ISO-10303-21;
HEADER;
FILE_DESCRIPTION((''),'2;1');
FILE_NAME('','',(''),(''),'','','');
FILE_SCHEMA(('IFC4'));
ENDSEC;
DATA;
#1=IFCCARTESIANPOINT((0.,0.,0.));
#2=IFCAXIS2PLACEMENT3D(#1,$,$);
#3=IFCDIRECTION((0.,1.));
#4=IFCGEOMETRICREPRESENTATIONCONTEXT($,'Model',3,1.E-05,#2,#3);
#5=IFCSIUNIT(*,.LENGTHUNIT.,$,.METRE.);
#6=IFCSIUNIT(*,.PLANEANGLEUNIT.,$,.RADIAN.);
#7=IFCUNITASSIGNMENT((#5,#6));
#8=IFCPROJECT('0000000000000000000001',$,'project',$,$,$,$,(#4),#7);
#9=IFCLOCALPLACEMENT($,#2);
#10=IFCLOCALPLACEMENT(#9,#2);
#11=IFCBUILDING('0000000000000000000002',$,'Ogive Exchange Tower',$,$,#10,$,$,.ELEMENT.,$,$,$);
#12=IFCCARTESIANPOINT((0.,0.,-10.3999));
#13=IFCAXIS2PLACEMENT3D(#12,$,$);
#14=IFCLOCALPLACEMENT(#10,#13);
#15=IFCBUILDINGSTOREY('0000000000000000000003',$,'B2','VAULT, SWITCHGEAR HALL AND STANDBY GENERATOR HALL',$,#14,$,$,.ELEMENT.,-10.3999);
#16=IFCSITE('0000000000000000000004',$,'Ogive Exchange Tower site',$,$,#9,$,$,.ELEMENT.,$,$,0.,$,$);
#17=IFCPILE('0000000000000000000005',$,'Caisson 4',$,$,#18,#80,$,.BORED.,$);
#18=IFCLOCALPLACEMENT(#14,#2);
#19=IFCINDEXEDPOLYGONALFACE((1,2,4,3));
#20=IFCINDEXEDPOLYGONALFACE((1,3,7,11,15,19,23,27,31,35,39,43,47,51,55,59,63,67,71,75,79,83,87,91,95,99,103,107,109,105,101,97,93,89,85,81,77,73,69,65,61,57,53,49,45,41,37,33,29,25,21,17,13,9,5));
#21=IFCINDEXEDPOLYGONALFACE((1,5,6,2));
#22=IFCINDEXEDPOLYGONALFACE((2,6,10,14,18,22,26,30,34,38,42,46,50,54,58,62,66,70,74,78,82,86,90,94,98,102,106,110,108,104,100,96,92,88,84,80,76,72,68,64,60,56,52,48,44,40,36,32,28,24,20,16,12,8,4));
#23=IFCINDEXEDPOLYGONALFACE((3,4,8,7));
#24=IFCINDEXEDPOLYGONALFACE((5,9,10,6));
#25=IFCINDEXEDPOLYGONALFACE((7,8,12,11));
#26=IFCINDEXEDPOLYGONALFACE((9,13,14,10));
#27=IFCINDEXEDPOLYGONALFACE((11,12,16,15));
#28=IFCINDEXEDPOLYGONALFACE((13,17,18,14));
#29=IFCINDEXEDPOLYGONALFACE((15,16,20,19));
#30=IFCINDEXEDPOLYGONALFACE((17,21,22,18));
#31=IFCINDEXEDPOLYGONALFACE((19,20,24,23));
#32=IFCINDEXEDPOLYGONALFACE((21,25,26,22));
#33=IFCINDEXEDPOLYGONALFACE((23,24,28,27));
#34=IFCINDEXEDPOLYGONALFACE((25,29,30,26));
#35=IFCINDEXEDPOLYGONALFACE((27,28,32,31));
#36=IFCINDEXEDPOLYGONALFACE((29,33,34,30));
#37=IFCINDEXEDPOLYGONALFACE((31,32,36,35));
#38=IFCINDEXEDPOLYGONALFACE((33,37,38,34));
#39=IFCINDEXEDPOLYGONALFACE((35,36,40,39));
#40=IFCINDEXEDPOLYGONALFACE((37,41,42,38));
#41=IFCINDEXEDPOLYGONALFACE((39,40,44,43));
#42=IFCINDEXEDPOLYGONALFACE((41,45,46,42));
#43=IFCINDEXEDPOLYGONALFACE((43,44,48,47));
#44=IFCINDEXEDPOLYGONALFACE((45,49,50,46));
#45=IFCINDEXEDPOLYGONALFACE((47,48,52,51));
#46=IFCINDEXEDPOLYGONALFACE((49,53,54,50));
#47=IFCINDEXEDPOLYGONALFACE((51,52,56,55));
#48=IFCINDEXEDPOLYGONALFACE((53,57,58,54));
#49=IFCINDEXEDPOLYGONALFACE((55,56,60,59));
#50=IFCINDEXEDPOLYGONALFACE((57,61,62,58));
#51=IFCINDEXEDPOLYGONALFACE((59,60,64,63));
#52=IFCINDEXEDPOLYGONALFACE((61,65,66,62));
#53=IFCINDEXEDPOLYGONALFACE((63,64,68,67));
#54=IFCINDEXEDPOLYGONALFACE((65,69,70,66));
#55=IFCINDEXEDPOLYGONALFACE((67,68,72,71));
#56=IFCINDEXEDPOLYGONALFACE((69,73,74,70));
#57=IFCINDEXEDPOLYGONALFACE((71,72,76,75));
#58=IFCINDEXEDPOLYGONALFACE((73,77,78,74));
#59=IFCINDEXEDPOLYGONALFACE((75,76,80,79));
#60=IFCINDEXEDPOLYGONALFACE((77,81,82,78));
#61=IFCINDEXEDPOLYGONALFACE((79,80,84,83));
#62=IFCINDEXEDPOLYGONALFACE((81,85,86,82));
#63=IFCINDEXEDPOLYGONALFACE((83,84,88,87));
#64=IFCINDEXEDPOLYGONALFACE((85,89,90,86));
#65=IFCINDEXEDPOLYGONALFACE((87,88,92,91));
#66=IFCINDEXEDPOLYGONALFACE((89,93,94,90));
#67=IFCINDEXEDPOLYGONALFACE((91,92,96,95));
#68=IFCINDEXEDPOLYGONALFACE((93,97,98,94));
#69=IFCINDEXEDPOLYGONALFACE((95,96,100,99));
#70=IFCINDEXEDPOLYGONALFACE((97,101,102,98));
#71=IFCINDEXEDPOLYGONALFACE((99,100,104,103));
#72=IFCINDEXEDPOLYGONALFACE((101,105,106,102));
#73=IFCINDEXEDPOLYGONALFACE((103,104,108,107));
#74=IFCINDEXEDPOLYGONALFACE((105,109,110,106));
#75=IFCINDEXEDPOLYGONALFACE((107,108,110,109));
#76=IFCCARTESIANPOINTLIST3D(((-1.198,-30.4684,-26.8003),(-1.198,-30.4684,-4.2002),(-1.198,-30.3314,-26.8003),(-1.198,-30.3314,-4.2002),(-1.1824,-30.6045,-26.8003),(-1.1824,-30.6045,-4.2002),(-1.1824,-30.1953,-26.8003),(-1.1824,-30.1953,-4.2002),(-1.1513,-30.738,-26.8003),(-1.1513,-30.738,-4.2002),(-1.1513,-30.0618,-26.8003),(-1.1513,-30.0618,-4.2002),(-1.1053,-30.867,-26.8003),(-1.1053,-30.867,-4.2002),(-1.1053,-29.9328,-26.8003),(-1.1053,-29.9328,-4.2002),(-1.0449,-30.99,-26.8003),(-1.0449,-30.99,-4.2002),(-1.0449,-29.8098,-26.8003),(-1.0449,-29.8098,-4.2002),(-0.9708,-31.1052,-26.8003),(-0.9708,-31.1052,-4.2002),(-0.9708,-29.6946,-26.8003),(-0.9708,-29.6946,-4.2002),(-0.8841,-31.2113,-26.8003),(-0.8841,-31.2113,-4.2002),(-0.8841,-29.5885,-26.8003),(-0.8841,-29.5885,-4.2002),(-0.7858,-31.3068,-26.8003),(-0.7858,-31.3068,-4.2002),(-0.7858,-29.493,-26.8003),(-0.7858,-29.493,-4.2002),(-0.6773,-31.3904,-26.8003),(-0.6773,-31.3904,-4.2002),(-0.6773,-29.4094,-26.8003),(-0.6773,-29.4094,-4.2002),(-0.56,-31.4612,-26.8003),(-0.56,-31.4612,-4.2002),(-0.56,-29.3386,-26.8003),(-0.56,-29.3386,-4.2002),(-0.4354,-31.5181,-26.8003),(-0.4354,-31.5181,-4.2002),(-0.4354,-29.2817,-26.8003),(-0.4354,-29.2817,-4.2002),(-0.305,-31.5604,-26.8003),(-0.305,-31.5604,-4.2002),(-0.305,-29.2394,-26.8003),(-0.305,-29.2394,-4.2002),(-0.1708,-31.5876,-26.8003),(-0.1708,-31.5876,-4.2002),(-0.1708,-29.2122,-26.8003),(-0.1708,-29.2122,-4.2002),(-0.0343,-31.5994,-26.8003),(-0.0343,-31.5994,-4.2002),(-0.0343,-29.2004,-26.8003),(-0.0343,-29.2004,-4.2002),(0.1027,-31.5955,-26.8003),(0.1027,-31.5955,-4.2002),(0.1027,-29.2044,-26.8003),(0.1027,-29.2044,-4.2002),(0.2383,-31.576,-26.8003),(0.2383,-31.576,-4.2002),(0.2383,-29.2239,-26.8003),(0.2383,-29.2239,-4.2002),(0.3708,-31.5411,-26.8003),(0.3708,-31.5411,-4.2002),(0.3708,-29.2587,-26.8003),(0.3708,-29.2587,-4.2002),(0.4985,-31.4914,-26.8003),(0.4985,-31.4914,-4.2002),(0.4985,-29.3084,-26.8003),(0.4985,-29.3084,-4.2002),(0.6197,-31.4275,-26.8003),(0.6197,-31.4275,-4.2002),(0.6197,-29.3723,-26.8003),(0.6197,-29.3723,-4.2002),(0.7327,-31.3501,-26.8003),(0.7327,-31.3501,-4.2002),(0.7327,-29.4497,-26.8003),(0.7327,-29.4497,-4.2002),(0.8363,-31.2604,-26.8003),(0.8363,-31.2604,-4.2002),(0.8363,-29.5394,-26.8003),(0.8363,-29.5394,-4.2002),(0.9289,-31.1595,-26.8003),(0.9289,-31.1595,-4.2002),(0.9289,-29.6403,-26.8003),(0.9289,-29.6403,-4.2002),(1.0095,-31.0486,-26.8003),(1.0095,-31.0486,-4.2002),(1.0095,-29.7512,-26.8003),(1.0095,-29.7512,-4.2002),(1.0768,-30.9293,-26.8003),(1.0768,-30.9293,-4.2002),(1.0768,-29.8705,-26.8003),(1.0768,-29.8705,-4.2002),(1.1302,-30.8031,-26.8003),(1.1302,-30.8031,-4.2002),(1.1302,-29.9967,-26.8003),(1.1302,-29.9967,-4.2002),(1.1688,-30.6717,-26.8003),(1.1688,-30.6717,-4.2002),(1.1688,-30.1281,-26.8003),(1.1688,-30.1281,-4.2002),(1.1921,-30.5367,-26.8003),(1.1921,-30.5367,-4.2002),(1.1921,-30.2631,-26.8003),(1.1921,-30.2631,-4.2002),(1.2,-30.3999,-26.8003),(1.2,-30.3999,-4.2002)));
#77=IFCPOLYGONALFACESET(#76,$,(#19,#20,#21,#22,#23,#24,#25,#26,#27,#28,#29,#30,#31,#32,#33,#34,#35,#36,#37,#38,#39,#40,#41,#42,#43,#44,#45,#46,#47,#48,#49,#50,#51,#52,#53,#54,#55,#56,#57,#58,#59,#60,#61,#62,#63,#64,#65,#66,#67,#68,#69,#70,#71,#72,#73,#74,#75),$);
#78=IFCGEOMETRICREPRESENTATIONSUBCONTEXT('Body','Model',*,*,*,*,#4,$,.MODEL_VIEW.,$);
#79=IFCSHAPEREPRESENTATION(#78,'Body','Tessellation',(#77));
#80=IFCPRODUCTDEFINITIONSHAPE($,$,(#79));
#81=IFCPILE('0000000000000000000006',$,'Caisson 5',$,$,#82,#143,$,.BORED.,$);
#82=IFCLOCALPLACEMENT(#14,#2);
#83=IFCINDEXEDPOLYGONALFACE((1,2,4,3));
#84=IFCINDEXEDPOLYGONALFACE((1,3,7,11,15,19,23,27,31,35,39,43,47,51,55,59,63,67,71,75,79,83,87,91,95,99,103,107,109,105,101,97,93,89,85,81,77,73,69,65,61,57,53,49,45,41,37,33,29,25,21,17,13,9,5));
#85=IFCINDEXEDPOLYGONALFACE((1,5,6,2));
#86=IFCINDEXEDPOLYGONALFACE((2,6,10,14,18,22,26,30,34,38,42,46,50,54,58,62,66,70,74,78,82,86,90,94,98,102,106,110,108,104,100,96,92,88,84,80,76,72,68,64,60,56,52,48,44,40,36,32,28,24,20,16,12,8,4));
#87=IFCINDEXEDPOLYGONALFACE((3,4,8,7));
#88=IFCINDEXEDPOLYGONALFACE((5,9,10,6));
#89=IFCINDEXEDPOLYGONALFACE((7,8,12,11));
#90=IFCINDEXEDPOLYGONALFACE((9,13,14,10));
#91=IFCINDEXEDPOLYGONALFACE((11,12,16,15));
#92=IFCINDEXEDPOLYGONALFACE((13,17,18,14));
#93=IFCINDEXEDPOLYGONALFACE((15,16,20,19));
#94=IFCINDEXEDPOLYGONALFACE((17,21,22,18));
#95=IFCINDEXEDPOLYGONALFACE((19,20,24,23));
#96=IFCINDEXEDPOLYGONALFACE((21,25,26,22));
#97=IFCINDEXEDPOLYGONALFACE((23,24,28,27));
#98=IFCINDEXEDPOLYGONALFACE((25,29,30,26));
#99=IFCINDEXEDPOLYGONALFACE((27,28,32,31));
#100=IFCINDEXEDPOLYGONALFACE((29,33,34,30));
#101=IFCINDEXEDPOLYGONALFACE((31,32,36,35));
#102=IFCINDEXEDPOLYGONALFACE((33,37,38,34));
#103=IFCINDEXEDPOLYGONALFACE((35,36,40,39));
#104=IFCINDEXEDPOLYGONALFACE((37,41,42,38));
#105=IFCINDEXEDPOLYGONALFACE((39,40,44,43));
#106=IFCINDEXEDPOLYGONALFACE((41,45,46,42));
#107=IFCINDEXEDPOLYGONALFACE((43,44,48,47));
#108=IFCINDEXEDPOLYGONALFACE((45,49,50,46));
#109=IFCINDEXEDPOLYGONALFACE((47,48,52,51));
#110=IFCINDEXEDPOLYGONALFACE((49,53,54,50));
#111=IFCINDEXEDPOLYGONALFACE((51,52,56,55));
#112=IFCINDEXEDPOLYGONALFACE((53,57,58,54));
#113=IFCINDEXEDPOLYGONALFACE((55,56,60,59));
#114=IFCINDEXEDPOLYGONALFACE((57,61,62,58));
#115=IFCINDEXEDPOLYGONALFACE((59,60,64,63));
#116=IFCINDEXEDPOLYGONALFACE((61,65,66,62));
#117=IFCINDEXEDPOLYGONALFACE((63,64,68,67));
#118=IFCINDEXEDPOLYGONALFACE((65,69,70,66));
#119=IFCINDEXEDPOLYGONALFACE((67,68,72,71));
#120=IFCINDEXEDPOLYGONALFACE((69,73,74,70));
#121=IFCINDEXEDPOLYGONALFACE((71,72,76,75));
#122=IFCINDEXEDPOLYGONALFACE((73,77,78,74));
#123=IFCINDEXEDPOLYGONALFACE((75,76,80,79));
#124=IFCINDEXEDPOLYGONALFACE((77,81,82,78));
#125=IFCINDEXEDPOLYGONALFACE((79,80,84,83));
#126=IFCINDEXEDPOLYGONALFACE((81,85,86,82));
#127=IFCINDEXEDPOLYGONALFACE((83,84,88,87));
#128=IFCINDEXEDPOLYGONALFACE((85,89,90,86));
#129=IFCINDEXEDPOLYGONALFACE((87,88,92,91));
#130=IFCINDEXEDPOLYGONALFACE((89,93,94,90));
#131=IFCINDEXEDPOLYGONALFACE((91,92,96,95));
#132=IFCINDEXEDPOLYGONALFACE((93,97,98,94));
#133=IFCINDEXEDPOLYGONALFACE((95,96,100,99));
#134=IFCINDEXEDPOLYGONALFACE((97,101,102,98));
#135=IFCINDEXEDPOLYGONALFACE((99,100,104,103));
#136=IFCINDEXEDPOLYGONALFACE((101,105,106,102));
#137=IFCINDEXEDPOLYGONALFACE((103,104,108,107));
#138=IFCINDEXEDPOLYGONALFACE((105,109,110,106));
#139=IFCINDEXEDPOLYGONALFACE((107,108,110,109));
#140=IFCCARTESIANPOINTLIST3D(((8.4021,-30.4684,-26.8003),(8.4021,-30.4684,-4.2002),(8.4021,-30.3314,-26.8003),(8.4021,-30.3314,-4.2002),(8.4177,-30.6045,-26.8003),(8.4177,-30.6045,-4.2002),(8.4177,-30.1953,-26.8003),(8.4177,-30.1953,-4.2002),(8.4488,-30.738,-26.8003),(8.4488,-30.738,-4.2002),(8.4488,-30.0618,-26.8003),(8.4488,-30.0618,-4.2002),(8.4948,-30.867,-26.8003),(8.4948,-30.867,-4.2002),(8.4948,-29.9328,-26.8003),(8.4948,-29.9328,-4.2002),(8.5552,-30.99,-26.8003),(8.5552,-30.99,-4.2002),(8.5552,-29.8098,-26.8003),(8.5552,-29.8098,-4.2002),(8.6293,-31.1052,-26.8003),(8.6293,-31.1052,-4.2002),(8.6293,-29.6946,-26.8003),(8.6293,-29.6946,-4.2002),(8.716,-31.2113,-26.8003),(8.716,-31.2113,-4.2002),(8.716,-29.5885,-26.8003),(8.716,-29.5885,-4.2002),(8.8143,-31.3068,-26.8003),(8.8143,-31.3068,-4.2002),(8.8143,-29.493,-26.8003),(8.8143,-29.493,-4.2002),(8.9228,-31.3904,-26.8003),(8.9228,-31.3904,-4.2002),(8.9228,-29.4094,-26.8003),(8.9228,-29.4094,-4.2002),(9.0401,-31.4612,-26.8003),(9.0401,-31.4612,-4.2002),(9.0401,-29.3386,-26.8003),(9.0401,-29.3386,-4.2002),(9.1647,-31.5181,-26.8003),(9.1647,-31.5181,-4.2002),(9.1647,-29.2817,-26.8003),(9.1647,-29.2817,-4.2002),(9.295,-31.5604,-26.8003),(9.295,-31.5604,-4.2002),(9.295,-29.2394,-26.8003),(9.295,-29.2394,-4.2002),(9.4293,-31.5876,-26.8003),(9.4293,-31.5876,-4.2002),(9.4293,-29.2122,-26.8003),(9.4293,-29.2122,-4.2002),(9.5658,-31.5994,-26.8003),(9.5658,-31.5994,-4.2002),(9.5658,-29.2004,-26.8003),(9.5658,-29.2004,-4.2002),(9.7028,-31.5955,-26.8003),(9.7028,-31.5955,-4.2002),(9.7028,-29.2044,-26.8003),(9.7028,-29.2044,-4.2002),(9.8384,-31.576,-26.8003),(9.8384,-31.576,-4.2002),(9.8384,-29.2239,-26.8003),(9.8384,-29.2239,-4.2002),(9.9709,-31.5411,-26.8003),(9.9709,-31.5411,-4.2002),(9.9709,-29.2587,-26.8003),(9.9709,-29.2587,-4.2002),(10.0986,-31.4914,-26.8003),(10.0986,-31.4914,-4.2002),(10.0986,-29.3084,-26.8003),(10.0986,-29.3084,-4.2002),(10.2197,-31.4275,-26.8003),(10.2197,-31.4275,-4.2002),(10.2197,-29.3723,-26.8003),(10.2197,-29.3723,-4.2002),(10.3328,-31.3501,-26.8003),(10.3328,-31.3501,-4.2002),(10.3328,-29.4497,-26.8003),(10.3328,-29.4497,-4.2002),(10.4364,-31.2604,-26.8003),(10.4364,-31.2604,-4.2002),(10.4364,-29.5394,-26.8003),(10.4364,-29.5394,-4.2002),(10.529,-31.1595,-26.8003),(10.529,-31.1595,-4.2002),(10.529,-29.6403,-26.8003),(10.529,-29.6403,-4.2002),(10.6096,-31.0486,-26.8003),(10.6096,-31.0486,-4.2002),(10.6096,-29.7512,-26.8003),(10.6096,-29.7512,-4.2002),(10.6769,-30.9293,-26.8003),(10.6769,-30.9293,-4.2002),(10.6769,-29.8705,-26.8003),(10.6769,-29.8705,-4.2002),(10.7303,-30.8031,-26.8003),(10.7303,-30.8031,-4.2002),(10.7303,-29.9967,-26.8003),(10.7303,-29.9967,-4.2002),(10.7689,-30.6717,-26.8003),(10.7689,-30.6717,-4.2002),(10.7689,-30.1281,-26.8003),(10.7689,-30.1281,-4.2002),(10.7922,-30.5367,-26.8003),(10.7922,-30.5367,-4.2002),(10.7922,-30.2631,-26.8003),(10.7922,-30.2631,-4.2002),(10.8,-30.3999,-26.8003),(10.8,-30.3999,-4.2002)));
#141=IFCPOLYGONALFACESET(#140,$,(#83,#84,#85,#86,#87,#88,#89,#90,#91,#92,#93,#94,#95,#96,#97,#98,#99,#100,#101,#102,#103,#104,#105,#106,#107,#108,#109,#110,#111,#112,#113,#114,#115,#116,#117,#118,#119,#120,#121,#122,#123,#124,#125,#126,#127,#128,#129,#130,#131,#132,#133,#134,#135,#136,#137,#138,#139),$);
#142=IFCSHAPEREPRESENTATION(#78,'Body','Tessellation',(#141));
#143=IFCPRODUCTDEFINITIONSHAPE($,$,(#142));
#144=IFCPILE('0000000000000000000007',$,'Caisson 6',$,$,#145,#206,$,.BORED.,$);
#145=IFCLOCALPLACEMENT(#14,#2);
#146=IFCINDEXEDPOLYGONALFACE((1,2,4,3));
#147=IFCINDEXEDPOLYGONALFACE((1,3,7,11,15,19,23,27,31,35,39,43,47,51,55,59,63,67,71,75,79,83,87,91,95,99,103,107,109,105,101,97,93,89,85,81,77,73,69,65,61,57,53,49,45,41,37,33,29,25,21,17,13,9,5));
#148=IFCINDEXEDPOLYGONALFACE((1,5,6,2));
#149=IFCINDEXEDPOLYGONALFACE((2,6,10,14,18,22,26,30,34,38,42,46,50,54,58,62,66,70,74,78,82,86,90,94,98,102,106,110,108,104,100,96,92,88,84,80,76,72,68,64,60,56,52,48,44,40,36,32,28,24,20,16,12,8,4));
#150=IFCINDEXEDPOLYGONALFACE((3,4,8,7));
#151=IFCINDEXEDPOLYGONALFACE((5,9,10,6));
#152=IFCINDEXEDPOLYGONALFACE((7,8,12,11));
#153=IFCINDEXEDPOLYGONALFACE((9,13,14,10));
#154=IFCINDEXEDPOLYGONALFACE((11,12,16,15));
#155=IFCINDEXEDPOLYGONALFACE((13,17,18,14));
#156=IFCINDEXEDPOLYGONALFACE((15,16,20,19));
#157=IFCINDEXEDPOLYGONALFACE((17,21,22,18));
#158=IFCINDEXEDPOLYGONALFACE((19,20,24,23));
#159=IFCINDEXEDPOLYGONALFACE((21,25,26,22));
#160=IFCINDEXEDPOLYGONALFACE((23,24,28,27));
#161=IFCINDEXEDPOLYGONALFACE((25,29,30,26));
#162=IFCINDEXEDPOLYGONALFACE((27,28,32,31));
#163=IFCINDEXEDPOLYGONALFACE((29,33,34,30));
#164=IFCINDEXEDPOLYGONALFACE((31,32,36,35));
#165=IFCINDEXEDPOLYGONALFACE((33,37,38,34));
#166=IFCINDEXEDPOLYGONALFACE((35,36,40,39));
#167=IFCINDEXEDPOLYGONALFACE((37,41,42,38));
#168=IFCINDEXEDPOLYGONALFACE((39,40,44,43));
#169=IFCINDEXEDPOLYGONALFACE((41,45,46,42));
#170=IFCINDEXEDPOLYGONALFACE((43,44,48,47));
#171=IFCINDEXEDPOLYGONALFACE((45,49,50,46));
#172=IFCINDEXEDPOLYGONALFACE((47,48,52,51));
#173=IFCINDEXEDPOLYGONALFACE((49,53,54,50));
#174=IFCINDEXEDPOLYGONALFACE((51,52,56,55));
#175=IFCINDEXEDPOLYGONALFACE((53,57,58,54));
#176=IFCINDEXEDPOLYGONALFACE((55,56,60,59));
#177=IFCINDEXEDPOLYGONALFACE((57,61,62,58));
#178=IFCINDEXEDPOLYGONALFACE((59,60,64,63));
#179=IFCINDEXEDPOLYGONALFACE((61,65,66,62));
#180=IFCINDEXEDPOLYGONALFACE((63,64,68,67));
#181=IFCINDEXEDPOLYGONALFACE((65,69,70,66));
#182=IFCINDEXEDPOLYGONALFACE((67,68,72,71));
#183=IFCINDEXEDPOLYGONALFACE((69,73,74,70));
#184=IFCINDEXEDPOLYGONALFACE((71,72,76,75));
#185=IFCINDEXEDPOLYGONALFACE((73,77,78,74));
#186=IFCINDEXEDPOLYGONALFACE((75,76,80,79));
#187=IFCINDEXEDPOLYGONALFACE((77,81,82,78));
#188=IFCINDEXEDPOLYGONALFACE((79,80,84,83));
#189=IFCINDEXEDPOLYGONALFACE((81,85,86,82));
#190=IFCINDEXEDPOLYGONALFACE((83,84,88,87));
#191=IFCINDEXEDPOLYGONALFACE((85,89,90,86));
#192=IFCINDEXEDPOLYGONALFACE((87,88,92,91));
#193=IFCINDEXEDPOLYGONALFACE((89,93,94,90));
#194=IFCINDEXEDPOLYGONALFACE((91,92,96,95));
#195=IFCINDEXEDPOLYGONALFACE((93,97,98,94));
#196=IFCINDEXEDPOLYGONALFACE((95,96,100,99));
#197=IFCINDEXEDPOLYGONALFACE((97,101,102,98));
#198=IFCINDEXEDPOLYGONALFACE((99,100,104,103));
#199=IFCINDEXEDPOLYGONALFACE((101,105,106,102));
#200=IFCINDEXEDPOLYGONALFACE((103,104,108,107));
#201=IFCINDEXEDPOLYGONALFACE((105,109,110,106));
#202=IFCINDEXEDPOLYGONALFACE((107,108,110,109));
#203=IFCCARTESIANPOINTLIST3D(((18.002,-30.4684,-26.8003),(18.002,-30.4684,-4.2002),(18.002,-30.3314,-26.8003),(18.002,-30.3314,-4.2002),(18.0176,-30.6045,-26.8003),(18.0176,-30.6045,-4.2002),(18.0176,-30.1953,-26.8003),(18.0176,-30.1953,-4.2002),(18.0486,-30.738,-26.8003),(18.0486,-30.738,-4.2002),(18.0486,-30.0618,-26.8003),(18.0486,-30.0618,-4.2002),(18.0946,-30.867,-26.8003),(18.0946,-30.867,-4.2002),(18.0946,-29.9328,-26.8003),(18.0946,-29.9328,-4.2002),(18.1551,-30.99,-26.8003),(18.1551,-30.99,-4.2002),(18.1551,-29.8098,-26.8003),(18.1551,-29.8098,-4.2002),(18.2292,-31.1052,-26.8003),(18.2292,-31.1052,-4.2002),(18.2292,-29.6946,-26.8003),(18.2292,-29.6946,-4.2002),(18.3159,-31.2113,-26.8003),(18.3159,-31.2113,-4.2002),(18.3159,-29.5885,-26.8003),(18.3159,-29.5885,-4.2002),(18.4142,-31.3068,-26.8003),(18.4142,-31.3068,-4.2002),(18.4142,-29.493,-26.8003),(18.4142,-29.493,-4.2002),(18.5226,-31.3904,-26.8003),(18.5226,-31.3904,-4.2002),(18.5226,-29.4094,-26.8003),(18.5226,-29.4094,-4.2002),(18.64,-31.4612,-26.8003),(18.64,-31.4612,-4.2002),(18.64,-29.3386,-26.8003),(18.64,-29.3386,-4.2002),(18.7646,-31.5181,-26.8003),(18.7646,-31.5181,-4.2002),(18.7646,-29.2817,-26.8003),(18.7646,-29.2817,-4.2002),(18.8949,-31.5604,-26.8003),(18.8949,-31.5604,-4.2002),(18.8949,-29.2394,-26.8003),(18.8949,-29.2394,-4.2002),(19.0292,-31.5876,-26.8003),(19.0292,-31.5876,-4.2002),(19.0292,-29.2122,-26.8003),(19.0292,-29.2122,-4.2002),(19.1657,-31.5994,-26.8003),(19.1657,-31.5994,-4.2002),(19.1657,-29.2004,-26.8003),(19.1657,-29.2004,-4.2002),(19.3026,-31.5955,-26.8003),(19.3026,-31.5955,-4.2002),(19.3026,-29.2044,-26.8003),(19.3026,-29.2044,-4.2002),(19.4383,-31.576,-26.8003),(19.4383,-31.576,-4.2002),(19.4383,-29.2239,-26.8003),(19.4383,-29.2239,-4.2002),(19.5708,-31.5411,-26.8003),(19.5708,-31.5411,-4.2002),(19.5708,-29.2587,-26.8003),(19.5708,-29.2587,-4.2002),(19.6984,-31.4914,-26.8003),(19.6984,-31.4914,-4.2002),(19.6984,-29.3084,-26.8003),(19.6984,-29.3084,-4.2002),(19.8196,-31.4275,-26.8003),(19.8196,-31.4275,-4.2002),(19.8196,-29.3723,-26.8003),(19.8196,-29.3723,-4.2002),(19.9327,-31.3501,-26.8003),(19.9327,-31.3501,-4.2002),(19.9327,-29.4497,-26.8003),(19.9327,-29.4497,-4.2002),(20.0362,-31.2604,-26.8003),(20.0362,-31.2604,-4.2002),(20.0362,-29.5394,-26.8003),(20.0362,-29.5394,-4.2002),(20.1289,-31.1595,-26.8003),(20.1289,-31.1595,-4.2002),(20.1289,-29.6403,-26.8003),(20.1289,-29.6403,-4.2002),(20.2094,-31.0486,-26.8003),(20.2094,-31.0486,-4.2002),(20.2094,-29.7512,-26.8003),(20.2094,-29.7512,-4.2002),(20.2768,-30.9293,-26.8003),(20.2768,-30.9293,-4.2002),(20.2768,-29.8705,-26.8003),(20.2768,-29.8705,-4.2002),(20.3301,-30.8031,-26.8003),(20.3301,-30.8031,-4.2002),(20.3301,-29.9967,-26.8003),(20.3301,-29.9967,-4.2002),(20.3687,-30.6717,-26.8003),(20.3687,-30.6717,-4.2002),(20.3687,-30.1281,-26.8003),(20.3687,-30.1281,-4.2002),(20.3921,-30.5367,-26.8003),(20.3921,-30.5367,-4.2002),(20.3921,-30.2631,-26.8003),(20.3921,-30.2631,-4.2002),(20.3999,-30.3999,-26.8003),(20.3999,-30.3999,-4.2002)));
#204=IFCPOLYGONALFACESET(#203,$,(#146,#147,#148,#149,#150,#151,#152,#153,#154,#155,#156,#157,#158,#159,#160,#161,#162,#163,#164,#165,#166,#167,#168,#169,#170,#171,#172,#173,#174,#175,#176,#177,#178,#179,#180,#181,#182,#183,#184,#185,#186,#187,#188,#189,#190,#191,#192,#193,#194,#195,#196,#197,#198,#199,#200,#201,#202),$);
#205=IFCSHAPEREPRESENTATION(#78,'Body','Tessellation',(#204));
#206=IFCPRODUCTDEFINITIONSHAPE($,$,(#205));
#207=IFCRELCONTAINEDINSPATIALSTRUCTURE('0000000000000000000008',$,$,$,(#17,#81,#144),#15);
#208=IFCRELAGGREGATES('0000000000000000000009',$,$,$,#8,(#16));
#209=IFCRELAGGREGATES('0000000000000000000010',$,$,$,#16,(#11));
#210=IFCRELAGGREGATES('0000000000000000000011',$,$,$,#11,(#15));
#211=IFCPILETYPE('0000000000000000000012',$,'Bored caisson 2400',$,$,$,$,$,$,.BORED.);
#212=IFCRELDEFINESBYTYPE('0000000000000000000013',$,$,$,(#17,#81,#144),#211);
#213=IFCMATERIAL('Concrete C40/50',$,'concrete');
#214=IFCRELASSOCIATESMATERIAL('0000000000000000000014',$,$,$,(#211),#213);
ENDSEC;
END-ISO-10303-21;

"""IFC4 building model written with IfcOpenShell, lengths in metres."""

from ifc_helpers import new_model, si_unit, direction, frame, origin, origin_2d, place, context, subcontext, project, spatial, circle, extrude, material, material_profile, profile_set, type_object, element, save


model = new_model("IFC4")

# Units and contexts
model_context = context("Model", 3, precision=1e-05, world=origin(), true_north=direction((0.0, 1.0)))
body_context = subcontext(model_context, "Body", "Model", "MODEL_VIEW")
ifc_project = project(units=[si_unit("LENGTHUNIT", "METRE"), si_unit("PLANEANGLEUNIT", "RADIAN")], contexts=[model_context])

# Site, building, storey
site_placement = place(None, origin())
site = spatial("IfcSite", under=ifc_project, at=site_placement, Name="Ogive Exchange Tower site", CompositionType="ELEMENT", RefElevation=0.0)
building_placement = place(site_placement, origin())
building = spatial("IfcBuilding", under=site, at=building_placement, Name="Ogive Exchange Tower", CompositionType="ELEMENT")
storey_placement = place(building_placement, frame((0.0, 0.0, -10.3999)))
storey = spatial("IfcBuildingStorey", under=building, at=storey_placement, Name="B2", Description="VAULT, SWITCHGEAR HALL AND STANDBY GENERATOR HALL", CompositionType="ELEMENT", Elevation=-10.3999)

# Piles
ifc_material_1 = material(Name="Concrete C40/50", Category="concrete")
ifc_material_profile_1 = material_profile(ifc_material_1, circle(Radius=1.2, at=origin_2d()), Name="RC caisson 2400")
ifc_profile_set_1 = profile_set([ifc_material_profile_1], Name="Concrete C40/50")
pile_type = type_object("IfcPileType", Name="Bored caisson 2400", PredefinedType="BORED", material=ifc_profile_set_1)
for number, where, z_axis, x_axis, name in (
    (1, (0.0, -30.3999, -4.2002), (0.0, 0.0, -1.0), (1.0, 0.0, 0.0), "Caisson 4"),
    (2, (9.6001, -30.3999, -4.2002), (0.0, 0.0, -1.0), (1.0, 0.0, 0.0), "Caisson 5"),
    (3, (19.2, -30.3999, -4.2002), (0.0, 0.0, -1.0), (1.0, 0.0, 0.0), "Caisson 6"),
):
    element("IfcPile", number, at=place(storey_placement, frame(where, z_axis=z_axis, x_axis=x_axis)), inside=storey, type_object=pile_type, Name=name, PredefinedType="BORED", context=body_context, shape_type="SweptSolid", body=[
        extrude(circle(Radius=1.2, at=origin_2d()), origin(), (0.0, 0.0, 1.0), 22.6001),
    ])

save(model, "model.ifc")
